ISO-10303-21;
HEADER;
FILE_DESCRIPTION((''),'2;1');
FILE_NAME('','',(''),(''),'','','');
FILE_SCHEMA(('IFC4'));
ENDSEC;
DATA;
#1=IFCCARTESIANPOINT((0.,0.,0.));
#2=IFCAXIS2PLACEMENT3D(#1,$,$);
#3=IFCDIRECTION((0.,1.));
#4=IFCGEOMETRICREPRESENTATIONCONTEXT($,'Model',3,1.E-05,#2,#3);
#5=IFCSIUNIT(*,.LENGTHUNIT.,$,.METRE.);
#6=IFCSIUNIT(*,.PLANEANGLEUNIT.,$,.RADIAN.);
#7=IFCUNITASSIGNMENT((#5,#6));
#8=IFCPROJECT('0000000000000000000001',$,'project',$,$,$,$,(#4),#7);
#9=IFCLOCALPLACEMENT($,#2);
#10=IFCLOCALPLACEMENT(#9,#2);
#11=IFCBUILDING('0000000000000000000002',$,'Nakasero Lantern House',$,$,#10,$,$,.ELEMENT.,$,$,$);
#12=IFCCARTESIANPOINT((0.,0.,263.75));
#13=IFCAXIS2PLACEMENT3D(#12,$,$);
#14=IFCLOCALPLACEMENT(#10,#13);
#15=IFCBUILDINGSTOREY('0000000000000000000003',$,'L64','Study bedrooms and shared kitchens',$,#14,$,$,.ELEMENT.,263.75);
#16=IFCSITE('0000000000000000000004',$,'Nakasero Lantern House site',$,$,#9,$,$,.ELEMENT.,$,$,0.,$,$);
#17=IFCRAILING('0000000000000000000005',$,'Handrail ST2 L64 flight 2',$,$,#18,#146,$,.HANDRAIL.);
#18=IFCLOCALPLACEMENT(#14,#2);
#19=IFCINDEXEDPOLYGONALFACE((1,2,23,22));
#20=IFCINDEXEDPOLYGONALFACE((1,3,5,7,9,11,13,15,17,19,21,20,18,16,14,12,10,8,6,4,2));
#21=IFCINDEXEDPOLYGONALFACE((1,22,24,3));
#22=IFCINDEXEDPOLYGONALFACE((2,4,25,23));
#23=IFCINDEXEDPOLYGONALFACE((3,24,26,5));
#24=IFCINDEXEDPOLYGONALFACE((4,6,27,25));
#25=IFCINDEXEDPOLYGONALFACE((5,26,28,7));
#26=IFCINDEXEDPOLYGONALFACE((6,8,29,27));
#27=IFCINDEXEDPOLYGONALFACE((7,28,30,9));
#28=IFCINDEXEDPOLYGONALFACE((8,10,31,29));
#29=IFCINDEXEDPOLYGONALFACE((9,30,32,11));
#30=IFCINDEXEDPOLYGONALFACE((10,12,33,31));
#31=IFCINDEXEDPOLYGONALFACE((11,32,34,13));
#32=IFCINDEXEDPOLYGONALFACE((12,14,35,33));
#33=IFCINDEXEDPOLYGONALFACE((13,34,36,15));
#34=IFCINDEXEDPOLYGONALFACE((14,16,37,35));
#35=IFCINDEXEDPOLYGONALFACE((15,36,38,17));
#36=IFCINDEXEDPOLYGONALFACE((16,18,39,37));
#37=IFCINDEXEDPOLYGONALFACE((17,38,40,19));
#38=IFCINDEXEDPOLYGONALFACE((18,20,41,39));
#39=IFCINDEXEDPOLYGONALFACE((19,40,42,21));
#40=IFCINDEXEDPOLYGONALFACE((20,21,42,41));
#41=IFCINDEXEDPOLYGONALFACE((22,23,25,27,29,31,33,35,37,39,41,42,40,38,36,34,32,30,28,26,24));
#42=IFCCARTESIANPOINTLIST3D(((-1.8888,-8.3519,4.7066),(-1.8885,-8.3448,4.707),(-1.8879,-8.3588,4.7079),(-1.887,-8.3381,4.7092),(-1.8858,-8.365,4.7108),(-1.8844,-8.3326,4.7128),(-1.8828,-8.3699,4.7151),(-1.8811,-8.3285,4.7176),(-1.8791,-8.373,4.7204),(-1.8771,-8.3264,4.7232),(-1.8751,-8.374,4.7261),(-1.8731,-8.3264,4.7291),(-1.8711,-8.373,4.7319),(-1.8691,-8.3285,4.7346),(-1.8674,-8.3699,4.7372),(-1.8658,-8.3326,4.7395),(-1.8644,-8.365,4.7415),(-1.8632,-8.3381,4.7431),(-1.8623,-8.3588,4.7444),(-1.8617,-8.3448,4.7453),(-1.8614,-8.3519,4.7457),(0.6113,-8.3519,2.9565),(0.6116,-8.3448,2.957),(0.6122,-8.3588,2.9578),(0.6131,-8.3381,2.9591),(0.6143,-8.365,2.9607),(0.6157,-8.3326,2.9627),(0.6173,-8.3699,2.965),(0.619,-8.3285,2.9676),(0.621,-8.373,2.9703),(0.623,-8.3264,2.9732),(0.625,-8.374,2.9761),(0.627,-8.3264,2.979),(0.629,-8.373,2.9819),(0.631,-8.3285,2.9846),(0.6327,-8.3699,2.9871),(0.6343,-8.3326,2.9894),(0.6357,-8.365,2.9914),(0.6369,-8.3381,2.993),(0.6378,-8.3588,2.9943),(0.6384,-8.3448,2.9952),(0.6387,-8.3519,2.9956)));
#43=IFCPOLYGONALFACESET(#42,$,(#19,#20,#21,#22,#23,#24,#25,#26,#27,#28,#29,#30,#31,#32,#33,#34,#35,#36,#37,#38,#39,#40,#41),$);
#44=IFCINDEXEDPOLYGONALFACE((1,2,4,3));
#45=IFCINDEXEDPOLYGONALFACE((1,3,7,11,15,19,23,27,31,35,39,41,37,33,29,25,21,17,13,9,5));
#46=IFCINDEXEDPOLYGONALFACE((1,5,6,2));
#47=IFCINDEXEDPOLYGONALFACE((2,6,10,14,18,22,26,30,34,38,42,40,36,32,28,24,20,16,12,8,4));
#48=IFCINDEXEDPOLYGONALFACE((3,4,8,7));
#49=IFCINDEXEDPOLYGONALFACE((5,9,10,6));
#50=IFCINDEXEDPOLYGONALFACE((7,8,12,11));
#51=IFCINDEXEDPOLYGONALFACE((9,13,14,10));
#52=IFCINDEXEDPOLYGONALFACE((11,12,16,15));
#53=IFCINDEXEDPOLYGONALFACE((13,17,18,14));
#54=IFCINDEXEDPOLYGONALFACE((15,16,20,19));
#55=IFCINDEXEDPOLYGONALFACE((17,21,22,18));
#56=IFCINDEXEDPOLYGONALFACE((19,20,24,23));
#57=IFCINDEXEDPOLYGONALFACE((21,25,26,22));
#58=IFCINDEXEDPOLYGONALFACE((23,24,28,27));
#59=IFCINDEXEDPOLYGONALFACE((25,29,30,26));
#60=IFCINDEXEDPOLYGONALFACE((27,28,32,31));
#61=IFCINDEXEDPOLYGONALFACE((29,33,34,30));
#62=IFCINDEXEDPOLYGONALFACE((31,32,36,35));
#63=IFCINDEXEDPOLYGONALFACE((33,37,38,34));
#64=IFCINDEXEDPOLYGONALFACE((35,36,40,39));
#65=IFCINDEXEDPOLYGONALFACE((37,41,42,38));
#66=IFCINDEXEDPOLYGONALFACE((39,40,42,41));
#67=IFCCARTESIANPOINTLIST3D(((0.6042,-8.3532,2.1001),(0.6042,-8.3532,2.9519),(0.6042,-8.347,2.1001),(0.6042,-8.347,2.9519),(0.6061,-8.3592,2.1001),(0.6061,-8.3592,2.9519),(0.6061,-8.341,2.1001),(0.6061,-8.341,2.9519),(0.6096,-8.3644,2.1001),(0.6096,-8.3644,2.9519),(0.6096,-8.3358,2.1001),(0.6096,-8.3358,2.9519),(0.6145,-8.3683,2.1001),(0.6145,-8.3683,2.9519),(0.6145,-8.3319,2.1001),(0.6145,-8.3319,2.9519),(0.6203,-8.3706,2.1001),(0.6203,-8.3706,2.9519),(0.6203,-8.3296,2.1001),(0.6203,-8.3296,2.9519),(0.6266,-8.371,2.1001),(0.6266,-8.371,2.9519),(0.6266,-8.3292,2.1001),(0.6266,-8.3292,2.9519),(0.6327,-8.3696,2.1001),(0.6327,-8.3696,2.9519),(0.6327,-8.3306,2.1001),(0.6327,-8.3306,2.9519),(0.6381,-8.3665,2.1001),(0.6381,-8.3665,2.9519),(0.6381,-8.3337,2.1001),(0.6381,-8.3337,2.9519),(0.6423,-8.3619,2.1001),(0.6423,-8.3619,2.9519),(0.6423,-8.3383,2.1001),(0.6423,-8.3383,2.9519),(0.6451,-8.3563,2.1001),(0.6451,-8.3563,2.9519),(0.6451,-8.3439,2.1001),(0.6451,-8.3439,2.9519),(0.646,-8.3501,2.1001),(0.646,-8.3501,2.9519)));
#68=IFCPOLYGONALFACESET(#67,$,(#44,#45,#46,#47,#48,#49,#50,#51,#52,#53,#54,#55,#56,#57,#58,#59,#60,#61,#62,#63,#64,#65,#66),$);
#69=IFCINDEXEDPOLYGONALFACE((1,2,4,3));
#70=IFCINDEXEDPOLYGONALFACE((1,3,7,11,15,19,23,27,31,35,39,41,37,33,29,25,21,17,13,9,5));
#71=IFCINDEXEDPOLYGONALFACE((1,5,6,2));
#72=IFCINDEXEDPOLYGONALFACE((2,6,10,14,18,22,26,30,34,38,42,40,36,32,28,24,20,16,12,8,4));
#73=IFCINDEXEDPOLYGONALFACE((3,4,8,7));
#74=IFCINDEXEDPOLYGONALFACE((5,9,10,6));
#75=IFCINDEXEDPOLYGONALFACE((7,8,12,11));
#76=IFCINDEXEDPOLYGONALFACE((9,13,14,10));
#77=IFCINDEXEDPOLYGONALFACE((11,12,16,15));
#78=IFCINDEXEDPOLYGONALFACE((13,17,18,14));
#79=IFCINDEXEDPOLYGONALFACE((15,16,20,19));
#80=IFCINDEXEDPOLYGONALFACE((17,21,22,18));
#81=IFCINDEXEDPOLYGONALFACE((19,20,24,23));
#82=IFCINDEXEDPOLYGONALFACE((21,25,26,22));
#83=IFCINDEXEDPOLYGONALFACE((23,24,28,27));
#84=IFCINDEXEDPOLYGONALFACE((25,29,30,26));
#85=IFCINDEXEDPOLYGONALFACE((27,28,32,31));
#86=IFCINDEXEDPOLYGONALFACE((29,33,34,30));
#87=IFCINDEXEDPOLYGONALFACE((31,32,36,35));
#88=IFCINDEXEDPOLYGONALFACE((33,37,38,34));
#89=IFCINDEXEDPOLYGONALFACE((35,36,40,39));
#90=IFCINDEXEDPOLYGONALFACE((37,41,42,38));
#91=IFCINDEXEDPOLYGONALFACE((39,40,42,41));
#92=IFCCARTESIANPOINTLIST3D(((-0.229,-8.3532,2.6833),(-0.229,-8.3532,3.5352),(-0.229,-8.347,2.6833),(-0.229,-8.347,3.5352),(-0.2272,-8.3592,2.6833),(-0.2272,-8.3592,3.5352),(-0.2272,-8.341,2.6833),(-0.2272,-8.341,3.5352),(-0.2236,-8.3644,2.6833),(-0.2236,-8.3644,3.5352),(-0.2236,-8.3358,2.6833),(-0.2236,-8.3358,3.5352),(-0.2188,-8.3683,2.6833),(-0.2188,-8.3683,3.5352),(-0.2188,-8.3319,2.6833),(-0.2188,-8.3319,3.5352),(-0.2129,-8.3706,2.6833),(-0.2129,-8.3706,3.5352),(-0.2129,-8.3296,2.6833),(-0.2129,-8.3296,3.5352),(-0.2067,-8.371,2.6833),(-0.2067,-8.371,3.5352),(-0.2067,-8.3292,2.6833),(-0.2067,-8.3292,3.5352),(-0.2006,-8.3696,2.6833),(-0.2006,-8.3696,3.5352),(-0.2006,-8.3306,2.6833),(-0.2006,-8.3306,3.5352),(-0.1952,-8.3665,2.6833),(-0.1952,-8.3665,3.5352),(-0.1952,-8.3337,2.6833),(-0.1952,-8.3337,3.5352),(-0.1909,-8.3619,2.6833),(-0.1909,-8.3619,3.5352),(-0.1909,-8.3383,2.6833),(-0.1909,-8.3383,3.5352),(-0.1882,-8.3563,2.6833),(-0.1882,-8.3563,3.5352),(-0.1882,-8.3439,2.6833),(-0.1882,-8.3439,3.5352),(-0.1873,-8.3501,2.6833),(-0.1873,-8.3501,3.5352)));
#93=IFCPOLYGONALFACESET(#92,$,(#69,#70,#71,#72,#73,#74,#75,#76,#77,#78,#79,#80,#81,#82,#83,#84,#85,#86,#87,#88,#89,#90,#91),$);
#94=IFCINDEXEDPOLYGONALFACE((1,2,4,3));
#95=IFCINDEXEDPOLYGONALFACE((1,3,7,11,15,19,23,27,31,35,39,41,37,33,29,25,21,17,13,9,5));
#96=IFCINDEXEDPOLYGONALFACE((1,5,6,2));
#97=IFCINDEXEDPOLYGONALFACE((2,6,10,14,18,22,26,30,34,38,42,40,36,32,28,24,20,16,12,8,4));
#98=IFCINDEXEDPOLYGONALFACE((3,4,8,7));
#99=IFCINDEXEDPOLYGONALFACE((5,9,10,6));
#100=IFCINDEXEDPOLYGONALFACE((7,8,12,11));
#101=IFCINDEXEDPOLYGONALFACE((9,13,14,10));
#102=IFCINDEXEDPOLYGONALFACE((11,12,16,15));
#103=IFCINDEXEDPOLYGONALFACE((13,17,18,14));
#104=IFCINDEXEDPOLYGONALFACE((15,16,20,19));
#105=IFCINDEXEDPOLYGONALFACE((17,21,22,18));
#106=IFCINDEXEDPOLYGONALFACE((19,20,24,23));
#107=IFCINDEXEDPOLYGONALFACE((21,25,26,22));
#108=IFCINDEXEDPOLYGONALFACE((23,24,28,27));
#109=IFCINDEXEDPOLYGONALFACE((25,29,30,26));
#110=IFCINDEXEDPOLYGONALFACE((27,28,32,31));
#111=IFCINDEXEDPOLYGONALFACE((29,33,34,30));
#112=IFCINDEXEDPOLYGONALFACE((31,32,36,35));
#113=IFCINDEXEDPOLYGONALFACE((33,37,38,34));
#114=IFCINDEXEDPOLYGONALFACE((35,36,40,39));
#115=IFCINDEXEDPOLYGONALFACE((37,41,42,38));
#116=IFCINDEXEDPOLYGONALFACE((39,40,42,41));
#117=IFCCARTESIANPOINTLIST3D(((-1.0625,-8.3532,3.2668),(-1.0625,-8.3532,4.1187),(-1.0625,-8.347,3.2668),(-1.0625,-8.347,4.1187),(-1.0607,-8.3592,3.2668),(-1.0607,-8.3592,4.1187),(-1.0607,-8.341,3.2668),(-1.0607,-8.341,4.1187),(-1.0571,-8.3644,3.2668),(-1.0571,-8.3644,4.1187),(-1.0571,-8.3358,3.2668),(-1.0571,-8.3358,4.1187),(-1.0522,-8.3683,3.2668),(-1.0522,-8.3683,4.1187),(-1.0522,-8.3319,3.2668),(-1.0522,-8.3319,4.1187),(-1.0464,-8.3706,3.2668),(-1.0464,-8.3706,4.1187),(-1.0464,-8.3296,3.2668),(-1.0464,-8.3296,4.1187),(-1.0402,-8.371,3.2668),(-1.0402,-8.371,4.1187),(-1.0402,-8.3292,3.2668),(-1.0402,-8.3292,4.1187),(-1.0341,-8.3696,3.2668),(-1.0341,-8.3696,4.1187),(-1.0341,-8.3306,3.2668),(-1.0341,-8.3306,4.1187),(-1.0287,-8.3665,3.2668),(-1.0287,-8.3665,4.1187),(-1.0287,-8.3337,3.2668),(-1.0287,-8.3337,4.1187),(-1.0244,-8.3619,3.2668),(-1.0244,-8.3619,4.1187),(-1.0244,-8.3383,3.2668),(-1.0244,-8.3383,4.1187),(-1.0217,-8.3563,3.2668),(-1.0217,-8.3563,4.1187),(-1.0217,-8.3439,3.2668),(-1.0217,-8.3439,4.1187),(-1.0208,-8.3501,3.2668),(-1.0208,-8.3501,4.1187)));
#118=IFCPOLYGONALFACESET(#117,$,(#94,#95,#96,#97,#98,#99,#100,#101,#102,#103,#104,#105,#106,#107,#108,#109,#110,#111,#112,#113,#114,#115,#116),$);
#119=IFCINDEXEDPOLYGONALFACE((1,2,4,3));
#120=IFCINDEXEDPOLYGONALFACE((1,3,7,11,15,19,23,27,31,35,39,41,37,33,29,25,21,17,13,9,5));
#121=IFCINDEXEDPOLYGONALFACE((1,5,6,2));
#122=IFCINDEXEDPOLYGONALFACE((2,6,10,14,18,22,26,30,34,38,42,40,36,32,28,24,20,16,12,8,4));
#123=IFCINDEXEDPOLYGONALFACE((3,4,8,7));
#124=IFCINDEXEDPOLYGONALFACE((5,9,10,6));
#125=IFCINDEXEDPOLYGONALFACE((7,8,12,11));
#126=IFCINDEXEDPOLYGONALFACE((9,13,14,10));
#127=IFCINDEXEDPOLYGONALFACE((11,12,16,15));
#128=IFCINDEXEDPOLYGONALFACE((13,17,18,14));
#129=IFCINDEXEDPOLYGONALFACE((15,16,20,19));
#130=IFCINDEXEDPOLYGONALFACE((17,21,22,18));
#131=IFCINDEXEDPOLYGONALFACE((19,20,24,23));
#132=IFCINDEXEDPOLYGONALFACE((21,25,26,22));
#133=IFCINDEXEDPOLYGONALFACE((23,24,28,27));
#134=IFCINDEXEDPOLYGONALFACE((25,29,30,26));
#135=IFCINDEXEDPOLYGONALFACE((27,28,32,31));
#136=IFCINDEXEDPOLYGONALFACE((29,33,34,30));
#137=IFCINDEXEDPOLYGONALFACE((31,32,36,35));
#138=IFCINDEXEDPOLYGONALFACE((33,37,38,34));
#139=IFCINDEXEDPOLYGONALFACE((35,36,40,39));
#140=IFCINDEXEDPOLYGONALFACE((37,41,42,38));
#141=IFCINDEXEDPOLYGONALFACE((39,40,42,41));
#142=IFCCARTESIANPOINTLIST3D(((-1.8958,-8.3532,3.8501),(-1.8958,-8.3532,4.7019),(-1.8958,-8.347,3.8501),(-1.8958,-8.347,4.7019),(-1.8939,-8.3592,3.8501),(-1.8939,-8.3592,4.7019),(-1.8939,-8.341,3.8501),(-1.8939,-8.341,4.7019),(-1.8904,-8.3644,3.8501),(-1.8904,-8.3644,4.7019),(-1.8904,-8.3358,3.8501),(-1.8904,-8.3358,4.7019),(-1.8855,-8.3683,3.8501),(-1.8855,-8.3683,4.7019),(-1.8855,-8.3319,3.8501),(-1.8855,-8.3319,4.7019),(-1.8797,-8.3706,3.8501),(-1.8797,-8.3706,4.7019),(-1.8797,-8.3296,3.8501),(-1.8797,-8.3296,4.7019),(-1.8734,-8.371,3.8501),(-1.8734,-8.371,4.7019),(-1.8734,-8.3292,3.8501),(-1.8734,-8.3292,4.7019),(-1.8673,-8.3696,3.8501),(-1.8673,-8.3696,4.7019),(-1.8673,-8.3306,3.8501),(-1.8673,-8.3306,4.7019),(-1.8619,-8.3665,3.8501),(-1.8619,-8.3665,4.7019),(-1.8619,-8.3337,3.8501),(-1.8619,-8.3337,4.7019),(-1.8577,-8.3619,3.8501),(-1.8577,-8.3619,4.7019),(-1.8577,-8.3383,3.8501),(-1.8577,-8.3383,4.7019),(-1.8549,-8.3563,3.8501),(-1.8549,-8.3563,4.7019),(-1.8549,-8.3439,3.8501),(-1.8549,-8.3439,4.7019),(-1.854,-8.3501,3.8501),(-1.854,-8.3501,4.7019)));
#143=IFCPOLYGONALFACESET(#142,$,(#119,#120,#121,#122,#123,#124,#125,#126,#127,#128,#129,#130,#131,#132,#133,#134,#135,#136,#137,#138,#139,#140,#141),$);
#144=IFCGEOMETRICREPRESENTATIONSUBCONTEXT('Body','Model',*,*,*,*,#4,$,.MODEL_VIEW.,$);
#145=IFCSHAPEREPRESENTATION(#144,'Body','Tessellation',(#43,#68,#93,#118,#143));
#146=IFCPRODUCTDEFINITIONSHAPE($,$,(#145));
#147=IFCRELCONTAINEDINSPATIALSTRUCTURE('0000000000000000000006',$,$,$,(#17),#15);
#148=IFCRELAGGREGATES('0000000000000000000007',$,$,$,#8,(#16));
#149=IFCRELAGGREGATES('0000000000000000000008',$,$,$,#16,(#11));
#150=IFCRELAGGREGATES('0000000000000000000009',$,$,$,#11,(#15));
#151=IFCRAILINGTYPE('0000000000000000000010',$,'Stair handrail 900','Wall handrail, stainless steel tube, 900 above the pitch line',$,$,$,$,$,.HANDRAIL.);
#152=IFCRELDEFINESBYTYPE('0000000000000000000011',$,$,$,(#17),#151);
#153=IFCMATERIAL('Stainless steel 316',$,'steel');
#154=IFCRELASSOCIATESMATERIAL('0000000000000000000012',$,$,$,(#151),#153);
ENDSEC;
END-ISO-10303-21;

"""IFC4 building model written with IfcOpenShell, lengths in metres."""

from ifc_helpers import new_model, si_unit, direction, frame, origin, origin_2d, place, context, subcontext, project, spatial, circle, extrude, material, type_object, element, save


model = new_model("IFC4")

# Units and contexts
model_context = context("Model", 3, precision=1e-05, world=origin(), true_north=direction((0.0, 1.0)))
body_context = subcontext(model_context, "Body", "Model", "MODEL_VIEW")
ifc_project = project(units=[si_unit("LENGTHUNIT", "METRE"), si_unit("PLANEANGLEUNIT", "RADIAN")], contexts=[model_context])

# Site, building, storey
site_placement = place(None, origin())
site = spatial("IfcSite", under=ifc_project, at=site_placement, Name="Nakasero Lantern House site", CompositionType="ELEMENT", RefElevation=0.0)
building_placement = place(site_placement, origin())
building = spatial("IfcBuilding", under=site, at=building_placement, Name="Nakasero Lantern House", CompositionType="ELEMENT")
storey_placement = place(building_placement, frame((0.0, 0.0, 263.75)))
storey = spatial("IfcBuildingStorey", under=building, at=storey_placement, Name="L64", Description="Study bedrooms and shared kitchens", CompositionType="ELEMENT", Elevation=263.75)

# Railing
ifc_material_1 = material(Name="Stainless steel 316", Category="steel")
railing_type = type_object("IfcRailingType", Name="Stair handrail 900", Description="Wall handrail, stainless steel tube, 900 above the pitch line", PredefinedType="HANDRAIL", material=ifc_material_1)
railing_placement = place(storey_placement, frame((0.625, -8.3501, 2.1001)))
element("IfcRailing", 1, at=railing_placement, inside=storey, type_object=railing_type, Name="Handrail ST2 L64 flight 2", PredefinedType="HANDRAIL", context=body_context, shape_type="SweptSolid", body=[
    extrude(circle(Radius=0.0239, at=origin_2d()), frame((0.0, 0.0, 0.876), z_axis=(-0.819232, 0.0, 0.573462), x_axis=(0.0, -1.0, 0.0)), (0.0, 0.0, 1.0), 3.0518),
    extrude(circle(Radius=0.021, at=origin_2d()), origin(), (0.0, 0.0, 1.0), 0.8518),
    extrude(circle(Radius=0.021, at=origin_2d()), frame((-0.8333, 0.0, 0.5833)), (0.0, 0.0, 1.0), 0.8518),
    extrude(circle(Radius=0.021, at=origin_2d()), frame((-1.6667, 0.0, 1.1667)), (0.0, 0.0, 1.0), 0.8518),
    extrude(circle(Radius=0.021, at=origin_2d()), frame((-2.5, 0.0, 1.75)), (0.0, 0.0, 1.0), 0.8518),
])

save(model, "model.ifc")
